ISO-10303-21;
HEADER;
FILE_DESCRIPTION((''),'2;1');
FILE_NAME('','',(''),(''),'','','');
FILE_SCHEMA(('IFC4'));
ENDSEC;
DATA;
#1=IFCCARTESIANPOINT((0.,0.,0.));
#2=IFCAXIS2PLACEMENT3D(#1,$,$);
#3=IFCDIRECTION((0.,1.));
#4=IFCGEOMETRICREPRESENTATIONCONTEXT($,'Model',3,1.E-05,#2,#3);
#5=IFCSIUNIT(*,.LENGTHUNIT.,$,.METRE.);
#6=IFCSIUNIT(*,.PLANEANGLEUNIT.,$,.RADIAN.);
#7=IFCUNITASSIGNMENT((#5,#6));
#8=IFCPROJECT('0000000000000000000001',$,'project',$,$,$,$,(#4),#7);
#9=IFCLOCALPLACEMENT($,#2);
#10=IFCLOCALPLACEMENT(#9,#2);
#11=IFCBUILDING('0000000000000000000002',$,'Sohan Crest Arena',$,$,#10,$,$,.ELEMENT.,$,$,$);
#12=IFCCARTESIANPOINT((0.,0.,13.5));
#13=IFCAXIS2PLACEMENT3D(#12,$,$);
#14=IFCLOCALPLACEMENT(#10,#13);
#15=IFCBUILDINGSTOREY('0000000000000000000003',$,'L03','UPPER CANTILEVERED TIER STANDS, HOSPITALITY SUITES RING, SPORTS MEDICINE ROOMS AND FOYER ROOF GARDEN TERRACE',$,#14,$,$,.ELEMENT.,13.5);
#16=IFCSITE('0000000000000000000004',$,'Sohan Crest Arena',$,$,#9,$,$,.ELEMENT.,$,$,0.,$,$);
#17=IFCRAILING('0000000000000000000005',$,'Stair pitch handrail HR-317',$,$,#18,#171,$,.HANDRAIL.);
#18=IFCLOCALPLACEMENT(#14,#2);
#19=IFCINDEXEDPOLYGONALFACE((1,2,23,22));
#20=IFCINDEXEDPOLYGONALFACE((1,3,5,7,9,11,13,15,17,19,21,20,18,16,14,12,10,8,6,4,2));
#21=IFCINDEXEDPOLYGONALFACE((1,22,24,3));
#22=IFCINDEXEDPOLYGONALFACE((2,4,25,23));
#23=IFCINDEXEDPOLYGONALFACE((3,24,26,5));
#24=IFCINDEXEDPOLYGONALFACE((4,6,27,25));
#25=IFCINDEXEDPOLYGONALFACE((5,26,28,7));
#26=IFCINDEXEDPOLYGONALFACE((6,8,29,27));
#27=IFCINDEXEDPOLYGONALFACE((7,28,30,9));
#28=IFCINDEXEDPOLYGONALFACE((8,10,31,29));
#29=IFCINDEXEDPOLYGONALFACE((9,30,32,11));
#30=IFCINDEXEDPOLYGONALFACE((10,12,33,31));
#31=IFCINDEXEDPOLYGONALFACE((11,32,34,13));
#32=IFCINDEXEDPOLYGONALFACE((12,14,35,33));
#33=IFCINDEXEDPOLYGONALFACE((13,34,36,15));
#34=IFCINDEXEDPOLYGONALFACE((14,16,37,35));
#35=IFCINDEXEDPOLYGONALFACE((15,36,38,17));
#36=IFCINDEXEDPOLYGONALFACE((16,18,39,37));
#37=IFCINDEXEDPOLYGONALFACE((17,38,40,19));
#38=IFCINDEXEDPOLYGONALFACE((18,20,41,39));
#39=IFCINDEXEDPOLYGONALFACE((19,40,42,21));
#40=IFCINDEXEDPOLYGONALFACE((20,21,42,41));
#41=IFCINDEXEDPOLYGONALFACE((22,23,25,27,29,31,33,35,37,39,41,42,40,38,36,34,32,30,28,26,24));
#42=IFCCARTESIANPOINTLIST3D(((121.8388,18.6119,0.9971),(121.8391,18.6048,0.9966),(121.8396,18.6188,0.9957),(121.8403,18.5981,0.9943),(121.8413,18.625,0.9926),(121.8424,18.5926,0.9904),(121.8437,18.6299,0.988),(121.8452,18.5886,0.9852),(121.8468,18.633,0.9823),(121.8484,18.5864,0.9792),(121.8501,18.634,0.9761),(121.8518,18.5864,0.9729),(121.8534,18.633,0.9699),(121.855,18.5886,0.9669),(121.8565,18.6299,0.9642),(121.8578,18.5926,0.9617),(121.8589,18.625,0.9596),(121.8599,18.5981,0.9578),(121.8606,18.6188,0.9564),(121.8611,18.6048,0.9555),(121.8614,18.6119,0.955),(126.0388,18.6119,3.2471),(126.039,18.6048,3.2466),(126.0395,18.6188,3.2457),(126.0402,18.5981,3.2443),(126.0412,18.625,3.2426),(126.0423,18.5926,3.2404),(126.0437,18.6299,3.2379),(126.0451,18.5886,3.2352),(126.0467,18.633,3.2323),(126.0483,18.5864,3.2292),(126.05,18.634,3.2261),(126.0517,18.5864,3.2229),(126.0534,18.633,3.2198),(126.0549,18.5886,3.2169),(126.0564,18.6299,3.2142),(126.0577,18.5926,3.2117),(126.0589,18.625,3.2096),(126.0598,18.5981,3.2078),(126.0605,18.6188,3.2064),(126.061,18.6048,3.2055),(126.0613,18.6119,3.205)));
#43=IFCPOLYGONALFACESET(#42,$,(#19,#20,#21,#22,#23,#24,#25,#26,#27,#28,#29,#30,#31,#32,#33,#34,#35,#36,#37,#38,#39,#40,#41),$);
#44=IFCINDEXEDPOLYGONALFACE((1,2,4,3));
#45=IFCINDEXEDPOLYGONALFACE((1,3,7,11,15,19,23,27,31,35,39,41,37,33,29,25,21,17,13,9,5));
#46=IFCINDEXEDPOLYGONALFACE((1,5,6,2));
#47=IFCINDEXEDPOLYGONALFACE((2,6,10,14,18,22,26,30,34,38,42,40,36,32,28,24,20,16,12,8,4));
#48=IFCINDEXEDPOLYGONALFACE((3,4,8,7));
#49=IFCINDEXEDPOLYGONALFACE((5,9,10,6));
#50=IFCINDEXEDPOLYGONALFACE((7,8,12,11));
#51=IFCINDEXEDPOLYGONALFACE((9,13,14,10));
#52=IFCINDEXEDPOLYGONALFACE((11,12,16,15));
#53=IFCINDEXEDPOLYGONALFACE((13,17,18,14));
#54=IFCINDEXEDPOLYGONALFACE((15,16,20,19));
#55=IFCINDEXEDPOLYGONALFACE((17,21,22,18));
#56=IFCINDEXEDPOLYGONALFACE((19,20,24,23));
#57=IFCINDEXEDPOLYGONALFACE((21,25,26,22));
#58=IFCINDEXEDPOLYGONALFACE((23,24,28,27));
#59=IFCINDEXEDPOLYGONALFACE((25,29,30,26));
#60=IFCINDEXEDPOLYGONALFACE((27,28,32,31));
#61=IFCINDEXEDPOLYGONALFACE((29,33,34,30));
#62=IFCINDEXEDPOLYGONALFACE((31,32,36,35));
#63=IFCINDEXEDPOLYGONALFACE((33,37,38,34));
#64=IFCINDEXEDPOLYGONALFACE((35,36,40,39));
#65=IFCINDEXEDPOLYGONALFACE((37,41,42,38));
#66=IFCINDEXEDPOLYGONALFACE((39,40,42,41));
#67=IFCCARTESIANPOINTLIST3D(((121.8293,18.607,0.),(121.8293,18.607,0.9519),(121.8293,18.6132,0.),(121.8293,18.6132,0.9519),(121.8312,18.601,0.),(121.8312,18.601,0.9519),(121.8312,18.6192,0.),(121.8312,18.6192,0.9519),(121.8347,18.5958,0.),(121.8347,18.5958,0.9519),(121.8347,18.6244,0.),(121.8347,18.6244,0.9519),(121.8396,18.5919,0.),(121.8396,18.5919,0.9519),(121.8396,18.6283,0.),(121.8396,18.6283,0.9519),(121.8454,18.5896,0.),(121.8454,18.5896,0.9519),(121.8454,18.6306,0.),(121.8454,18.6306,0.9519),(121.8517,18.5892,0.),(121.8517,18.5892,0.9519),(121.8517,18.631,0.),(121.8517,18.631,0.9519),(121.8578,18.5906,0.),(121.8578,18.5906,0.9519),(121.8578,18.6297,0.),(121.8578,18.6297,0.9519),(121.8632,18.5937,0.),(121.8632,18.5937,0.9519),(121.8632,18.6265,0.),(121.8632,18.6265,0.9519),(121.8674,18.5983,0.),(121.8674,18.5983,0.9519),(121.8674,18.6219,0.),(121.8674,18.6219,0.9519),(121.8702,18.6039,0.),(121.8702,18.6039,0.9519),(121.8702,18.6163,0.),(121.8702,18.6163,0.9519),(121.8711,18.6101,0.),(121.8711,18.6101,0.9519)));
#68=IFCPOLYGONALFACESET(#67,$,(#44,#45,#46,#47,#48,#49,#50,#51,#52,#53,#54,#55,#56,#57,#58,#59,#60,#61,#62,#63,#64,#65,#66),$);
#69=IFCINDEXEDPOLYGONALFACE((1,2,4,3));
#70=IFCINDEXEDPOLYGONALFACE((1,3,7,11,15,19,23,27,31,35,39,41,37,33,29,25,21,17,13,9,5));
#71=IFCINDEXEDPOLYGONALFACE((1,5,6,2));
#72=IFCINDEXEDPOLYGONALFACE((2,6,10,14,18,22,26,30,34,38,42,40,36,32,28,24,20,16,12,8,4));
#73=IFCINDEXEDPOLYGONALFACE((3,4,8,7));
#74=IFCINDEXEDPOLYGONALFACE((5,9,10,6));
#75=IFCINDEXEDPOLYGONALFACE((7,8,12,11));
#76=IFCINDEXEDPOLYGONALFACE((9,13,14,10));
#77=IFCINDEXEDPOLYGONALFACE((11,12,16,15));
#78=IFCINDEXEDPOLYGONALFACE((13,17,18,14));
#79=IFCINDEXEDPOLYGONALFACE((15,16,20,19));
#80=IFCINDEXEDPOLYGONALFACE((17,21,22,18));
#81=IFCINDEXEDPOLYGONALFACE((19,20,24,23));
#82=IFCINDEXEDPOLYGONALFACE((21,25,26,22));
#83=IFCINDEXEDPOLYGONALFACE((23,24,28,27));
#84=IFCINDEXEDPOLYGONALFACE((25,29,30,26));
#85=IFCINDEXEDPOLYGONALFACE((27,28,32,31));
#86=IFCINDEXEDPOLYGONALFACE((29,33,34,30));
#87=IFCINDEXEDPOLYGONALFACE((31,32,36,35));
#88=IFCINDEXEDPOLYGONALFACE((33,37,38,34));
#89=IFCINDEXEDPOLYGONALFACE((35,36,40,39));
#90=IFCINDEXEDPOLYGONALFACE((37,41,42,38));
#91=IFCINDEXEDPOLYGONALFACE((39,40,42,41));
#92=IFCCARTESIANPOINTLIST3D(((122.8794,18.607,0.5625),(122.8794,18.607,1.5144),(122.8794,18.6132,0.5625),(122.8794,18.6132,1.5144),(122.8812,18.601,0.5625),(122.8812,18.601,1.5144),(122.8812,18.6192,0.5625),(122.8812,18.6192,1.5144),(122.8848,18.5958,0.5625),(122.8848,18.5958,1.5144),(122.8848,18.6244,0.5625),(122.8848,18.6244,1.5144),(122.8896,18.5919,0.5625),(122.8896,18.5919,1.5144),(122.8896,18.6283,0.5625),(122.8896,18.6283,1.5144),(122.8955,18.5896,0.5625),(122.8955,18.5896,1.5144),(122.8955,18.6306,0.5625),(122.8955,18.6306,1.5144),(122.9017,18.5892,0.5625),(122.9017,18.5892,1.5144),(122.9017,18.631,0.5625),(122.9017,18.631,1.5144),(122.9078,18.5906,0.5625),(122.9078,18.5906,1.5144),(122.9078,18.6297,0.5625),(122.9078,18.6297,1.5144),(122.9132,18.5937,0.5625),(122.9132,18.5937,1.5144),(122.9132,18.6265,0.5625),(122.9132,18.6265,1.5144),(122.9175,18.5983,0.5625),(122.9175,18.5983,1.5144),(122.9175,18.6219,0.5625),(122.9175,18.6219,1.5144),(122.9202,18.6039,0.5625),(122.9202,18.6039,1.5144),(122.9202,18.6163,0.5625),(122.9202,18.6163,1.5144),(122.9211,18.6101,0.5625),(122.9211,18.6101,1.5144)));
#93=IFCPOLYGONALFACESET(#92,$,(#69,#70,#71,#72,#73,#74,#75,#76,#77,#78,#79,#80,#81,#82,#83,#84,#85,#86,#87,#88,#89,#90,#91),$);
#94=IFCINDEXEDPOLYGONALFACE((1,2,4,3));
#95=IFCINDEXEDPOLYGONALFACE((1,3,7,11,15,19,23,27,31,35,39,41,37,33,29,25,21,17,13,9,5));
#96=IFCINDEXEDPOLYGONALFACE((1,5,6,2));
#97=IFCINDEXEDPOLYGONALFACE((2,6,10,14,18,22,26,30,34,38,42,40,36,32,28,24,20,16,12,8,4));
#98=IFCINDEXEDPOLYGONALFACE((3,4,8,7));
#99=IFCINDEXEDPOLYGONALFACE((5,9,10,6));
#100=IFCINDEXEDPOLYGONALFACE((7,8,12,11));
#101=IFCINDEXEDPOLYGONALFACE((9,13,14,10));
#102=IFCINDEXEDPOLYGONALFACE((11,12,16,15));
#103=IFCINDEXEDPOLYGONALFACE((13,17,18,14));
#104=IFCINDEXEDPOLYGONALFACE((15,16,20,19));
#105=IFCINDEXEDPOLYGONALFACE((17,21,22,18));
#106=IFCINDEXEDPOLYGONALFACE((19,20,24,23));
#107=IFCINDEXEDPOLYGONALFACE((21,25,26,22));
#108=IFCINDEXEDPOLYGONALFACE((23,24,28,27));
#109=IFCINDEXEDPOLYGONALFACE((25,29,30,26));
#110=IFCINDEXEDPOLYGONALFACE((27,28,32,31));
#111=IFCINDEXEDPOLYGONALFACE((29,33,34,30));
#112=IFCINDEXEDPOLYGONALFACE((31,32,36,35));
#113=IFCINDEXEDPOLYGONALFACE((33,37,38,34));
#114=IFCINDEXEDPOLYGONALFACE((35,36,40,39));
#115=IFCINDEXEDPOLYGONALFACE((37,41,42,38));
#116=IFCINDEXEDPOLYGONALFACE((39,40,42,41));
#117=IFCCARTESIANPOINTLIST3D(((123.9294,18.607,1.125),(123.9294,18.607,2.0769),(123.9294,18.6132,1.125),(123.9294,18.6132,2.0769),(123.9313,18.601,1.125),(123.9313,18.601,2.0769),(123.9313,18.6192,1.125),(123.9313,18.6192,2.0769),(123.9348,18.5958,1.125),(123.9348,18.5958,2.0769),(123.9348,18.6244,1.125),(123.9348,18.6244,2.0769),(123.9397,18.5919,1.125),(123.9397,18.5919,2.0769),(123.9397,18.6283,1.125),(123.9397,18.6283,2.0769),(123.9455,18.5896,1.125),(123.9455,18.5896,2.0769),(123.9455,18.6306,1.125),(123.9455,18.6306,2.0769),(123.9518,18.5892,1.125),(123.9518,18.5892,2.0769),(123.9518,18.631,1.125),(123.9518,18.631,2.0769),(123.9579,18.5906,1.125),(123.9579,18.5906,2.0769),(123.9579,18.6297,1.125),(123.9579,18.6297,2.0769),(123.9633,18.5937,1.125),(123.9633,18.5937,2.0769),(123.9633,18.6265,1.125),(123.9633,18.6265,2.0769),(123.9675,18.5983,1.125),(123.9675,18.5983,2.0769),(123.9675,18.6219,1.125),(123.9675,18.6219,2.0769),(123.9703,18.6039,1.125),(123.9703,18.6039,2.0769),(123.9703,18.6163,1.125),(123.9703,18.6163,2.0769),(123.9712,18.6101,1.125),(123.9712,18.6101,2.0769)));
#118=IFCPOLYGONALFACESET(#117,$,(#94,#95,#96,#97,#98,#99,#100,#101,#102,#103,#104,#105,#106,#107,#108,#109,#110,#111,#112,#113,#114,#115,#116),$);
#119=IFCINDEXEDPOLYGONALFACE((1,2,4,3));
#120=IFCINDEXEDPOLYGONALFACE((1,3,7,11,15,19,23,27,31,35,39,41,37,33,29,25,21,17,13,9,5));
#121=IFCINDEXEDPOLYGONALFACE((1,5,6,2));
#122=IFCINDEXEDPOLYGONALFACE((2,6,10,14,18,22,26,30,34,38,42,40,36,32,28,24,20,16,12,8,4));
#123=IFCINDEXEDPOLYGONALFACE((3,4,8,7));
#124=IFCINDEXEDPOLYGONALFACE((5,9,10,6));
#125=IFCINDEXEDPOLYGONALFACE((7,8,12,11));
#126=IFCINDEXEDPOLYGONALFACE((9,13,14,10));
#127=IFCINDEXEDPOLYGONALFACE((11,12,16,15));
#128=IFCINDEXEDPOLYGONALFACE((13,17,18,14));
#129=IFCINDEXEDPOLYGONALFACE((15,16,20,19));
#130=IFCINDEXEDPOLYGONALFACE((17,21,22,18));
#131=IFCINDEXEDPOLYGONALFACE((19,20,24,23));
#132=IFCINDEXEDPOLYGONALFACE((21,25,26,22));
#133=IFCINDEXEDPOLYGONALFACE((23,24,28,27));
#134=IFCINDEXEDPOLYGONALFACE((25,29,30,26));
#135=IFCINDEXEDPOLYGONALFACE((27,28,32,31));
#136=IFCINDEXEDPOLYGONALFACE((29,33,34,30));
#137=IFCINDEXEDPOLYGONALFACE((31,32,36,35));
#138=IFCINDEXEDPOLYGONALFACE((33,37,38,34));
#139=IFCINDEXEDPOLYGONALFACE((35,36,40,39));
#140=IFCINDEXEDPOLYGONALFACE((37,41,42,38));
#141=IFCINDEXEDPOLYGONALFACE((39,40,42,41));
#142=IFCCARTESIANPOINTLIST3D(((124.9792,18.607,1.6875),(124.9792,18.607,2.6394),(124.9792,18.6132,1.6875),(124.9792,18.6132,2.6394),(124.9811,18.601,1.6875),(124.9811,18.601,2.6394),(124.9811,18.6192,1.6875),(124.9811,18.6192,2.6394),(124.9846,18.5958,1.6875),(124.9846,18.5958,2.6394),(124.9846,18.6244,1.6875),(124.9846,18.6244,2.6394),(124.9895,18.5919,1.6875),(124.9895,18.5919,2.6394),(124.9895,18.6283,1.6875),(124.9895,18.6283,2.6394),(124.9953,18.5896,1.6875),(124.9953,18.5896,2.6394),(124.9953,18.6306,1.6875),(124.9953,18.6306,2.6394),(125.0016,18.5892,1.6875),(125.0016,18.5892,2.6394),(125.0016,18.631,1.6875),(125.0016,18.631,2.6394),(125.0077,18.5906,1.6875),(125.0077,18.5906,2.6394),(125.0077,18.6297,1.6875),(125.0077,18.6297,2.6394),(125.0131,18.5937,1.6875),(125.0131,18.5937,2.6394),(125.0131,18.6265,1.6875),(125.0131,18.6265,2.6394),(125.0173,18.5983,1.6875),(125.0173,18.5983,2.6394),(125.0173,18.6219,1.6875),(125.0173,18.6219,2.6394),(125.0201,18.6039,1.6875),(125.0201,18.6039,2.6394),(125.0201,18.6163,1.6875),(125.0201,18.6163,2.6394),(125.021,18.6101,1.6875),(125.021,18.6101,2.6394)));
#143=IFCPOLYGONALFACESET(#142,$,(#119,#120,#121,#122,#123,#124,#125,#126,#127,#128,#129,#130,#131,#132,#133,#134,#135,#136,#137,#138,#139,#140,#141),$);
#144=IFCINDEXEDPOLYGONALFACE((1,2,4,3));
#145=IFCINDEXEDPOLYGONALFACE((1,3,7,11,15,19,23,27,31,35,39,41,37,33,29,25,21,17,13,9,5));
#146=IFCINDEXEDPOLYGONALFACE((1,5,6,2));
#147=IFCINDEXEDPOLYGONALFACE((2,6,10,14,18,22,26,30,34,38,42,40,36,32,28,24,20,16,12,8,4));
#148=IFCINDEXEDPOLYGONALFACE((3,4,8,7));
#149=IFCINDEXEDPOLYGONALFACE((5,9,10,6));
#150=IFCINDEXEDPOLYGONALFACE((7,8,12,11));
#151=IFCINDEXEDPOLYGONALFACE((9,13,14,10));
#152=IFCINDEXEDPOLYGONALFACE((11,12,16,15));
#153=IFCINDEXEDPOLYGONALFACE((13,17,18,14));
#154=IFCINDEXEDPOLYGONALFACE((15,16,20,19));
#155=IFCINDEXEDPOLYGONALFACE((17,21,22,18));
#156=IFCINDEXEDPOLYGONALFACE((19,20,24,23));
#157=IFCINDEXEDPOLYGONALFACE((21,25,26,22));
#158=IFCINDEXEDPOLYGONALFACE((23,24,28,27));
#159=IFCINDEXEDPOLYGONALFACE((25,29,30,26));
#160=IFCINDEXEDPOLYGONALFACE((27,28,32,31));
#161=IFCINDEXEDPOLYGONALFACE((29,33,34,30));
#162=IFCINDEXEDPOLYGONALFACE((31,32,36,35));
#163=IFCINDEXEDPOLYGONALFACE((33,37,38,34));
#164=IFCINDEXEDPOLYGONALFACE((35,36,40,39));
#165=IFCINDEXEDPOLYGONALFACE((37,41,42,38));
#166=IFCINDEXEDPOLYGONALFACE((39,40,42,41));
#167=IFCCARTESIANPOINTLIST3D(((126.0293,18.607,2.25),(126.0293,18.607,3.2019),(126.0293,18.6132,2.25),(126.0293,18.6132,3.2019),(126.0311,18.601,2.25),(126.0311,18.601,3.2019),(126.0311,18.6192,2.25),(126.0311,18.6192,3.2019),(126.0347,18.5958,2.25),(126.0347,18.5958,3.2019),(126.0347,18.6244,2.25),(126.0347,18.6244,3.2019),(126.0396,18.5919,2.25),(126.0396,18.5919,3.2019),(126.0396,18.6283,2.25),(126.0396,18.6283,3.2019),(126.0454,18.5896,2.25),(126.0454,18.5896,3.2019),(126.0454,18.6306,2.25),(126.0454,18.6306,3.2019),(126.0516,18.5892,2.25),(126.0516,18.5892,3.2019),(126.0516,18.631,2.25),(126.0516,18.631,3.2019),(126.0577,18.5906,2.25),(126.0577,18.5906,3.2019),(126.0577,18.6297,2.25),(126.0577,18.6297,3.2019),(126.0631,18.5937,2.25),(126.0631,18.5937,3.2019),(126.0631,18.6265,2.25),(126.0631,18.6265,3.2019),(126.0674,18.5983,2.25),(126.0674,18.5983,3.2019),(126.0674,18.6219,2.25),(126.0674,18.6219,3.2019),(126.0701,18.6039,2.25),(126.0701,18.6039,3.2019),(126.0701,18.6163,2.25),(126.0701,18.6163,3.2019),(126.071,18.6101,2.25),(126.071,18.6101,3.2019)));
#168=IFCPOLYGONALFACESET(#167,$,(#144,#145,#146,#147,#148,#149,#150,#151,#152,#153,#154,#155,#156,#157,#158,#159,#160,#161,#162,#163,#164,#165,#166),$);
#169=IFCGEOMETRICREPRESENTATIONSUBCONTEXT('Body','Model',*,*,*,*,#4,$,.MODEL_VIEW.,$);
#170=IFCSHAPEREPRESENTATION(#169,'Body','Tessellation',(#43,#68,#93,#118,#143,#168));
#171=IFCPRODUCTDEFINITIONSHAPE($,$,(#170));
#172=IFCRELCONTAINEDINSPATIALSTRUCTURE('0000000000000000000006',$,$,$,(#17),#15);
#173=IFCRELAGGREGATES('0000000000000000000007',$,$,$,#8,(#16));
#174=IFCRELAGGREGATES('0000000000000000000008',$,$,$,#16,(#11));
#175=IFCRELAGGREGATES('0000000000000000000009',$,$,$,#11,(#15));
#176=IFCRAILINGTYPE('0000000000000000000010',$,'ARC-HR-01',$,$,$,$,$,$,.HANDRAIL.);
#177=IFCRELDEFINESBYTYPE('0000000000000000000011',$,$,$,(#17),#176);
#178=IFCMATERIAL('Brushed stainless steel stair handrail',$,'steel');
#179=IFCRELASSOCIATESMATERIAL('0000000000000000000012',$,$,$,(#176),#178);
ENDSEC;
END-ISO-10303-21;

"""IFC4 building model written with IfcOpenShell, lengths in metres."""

from ifc_helpers import new_model, si_unit, direction, frame, origin, origin_2d, place, context, subcontext, project, spatial, circle, extrude, material, type_object, element, save


model = new_model("IFC4")

# Units and contexts
model_context = context("Model", 3, precision=1e-05, world=origin(), true_north=direction((0.0, 1.0)))
body_context = subcontext(model_context, "Body", "Model", "MODEL_VIEW")
ifc_project = project(units=[si_unit("LENGTHUNIT", "METRE"), si_unit("PLANEANGLEUNIT", "RADIAN")], contexts=[model_context])

# Site, building, storey
site_placement = place(None, origin())
site = spatial("IfcSite", under=ifc_project, at=site_placement, Name="Sohan Crest Arena", CompositionType="ELEMENT", RefElevation=0.0)
building_placement = place(site_placement, origin())
building = spatial("IfcBuilding", under=site, at=building_placement, Name="Sohan Crest Arena", CompositionType="ELEMENT")
storey_placement = place(building_placement, frame((0.0, 0.0, 13.5)))
storey = spatial("IfcBuildingStorey", under=building, at=storey_placement, Name="L03", Description="UPPER CANTILEVERED TIER STANDS, HOSPITALITY SUITES RING, SPORTS MEDICINE ROOMS AND FOYER ROOF GARDEN TERRACE", CompositionType="ELEMENT", Elevation=13.5)

# Railing
ifc_material_1 = material(Name="Brushed stainless steel stair handrail", Category="steel")
railing_type_1 = type_object("IfcRailingType", Name="ARC-HR-01", PredefinedType="HANDRAIL", material=ifc_material_1)
for number, where, name in (
    (1, (121.8501, 18.6101, 0.0), "Stair pitch handrail HR-317"),
):
    element("IfcRailing", number, at=place(storey_placement, frame(where)), inside=storey, type_object=railing_type_1, Name=name, PredefinedType="HANDRAIL", context=body_context, shape_type="SweptSolid", body=[
        extrude(circle(Radius=0.0239, at=origin_2d()), frame((0.0, 0.0, 0.9761), z_axis=(0.881478, 0.0, 0.472226), x_axis=(0.0, 1.0, 0.0)), (0.0, 0.0, 1.0), 4.7646),
        extrude(circle(Radius=0.021, at=origin_2d()), origin(), (0.0, 0.0, 1.0), 0.9519),
        extrude(circle(Radius=0.021, at=origin_2d()), frame((1.05, 0.0, 0.5625)), (0.0, 0.0, 1.0), 0.9519),
        extrude(circle(Radius=0.021, at=origin_2d()), frame((2.1001, 0.0, 1.125)), (0.0, 0.0, 1.0), 0.9519),
        extrude(circle(Radius=0.021, at=origin_2d()), frame((3.1499, 0.0, 1.6875)), (0.0, 0.0, 1.0), 0.9519),
        extrude(circle(Radius=0.021, at=origin_2d()), frame((4.2, 0.0, 2.25)), (0.0, 0.0, 1.0), 0.9519),
    ])

save(model, "model.ifc")
